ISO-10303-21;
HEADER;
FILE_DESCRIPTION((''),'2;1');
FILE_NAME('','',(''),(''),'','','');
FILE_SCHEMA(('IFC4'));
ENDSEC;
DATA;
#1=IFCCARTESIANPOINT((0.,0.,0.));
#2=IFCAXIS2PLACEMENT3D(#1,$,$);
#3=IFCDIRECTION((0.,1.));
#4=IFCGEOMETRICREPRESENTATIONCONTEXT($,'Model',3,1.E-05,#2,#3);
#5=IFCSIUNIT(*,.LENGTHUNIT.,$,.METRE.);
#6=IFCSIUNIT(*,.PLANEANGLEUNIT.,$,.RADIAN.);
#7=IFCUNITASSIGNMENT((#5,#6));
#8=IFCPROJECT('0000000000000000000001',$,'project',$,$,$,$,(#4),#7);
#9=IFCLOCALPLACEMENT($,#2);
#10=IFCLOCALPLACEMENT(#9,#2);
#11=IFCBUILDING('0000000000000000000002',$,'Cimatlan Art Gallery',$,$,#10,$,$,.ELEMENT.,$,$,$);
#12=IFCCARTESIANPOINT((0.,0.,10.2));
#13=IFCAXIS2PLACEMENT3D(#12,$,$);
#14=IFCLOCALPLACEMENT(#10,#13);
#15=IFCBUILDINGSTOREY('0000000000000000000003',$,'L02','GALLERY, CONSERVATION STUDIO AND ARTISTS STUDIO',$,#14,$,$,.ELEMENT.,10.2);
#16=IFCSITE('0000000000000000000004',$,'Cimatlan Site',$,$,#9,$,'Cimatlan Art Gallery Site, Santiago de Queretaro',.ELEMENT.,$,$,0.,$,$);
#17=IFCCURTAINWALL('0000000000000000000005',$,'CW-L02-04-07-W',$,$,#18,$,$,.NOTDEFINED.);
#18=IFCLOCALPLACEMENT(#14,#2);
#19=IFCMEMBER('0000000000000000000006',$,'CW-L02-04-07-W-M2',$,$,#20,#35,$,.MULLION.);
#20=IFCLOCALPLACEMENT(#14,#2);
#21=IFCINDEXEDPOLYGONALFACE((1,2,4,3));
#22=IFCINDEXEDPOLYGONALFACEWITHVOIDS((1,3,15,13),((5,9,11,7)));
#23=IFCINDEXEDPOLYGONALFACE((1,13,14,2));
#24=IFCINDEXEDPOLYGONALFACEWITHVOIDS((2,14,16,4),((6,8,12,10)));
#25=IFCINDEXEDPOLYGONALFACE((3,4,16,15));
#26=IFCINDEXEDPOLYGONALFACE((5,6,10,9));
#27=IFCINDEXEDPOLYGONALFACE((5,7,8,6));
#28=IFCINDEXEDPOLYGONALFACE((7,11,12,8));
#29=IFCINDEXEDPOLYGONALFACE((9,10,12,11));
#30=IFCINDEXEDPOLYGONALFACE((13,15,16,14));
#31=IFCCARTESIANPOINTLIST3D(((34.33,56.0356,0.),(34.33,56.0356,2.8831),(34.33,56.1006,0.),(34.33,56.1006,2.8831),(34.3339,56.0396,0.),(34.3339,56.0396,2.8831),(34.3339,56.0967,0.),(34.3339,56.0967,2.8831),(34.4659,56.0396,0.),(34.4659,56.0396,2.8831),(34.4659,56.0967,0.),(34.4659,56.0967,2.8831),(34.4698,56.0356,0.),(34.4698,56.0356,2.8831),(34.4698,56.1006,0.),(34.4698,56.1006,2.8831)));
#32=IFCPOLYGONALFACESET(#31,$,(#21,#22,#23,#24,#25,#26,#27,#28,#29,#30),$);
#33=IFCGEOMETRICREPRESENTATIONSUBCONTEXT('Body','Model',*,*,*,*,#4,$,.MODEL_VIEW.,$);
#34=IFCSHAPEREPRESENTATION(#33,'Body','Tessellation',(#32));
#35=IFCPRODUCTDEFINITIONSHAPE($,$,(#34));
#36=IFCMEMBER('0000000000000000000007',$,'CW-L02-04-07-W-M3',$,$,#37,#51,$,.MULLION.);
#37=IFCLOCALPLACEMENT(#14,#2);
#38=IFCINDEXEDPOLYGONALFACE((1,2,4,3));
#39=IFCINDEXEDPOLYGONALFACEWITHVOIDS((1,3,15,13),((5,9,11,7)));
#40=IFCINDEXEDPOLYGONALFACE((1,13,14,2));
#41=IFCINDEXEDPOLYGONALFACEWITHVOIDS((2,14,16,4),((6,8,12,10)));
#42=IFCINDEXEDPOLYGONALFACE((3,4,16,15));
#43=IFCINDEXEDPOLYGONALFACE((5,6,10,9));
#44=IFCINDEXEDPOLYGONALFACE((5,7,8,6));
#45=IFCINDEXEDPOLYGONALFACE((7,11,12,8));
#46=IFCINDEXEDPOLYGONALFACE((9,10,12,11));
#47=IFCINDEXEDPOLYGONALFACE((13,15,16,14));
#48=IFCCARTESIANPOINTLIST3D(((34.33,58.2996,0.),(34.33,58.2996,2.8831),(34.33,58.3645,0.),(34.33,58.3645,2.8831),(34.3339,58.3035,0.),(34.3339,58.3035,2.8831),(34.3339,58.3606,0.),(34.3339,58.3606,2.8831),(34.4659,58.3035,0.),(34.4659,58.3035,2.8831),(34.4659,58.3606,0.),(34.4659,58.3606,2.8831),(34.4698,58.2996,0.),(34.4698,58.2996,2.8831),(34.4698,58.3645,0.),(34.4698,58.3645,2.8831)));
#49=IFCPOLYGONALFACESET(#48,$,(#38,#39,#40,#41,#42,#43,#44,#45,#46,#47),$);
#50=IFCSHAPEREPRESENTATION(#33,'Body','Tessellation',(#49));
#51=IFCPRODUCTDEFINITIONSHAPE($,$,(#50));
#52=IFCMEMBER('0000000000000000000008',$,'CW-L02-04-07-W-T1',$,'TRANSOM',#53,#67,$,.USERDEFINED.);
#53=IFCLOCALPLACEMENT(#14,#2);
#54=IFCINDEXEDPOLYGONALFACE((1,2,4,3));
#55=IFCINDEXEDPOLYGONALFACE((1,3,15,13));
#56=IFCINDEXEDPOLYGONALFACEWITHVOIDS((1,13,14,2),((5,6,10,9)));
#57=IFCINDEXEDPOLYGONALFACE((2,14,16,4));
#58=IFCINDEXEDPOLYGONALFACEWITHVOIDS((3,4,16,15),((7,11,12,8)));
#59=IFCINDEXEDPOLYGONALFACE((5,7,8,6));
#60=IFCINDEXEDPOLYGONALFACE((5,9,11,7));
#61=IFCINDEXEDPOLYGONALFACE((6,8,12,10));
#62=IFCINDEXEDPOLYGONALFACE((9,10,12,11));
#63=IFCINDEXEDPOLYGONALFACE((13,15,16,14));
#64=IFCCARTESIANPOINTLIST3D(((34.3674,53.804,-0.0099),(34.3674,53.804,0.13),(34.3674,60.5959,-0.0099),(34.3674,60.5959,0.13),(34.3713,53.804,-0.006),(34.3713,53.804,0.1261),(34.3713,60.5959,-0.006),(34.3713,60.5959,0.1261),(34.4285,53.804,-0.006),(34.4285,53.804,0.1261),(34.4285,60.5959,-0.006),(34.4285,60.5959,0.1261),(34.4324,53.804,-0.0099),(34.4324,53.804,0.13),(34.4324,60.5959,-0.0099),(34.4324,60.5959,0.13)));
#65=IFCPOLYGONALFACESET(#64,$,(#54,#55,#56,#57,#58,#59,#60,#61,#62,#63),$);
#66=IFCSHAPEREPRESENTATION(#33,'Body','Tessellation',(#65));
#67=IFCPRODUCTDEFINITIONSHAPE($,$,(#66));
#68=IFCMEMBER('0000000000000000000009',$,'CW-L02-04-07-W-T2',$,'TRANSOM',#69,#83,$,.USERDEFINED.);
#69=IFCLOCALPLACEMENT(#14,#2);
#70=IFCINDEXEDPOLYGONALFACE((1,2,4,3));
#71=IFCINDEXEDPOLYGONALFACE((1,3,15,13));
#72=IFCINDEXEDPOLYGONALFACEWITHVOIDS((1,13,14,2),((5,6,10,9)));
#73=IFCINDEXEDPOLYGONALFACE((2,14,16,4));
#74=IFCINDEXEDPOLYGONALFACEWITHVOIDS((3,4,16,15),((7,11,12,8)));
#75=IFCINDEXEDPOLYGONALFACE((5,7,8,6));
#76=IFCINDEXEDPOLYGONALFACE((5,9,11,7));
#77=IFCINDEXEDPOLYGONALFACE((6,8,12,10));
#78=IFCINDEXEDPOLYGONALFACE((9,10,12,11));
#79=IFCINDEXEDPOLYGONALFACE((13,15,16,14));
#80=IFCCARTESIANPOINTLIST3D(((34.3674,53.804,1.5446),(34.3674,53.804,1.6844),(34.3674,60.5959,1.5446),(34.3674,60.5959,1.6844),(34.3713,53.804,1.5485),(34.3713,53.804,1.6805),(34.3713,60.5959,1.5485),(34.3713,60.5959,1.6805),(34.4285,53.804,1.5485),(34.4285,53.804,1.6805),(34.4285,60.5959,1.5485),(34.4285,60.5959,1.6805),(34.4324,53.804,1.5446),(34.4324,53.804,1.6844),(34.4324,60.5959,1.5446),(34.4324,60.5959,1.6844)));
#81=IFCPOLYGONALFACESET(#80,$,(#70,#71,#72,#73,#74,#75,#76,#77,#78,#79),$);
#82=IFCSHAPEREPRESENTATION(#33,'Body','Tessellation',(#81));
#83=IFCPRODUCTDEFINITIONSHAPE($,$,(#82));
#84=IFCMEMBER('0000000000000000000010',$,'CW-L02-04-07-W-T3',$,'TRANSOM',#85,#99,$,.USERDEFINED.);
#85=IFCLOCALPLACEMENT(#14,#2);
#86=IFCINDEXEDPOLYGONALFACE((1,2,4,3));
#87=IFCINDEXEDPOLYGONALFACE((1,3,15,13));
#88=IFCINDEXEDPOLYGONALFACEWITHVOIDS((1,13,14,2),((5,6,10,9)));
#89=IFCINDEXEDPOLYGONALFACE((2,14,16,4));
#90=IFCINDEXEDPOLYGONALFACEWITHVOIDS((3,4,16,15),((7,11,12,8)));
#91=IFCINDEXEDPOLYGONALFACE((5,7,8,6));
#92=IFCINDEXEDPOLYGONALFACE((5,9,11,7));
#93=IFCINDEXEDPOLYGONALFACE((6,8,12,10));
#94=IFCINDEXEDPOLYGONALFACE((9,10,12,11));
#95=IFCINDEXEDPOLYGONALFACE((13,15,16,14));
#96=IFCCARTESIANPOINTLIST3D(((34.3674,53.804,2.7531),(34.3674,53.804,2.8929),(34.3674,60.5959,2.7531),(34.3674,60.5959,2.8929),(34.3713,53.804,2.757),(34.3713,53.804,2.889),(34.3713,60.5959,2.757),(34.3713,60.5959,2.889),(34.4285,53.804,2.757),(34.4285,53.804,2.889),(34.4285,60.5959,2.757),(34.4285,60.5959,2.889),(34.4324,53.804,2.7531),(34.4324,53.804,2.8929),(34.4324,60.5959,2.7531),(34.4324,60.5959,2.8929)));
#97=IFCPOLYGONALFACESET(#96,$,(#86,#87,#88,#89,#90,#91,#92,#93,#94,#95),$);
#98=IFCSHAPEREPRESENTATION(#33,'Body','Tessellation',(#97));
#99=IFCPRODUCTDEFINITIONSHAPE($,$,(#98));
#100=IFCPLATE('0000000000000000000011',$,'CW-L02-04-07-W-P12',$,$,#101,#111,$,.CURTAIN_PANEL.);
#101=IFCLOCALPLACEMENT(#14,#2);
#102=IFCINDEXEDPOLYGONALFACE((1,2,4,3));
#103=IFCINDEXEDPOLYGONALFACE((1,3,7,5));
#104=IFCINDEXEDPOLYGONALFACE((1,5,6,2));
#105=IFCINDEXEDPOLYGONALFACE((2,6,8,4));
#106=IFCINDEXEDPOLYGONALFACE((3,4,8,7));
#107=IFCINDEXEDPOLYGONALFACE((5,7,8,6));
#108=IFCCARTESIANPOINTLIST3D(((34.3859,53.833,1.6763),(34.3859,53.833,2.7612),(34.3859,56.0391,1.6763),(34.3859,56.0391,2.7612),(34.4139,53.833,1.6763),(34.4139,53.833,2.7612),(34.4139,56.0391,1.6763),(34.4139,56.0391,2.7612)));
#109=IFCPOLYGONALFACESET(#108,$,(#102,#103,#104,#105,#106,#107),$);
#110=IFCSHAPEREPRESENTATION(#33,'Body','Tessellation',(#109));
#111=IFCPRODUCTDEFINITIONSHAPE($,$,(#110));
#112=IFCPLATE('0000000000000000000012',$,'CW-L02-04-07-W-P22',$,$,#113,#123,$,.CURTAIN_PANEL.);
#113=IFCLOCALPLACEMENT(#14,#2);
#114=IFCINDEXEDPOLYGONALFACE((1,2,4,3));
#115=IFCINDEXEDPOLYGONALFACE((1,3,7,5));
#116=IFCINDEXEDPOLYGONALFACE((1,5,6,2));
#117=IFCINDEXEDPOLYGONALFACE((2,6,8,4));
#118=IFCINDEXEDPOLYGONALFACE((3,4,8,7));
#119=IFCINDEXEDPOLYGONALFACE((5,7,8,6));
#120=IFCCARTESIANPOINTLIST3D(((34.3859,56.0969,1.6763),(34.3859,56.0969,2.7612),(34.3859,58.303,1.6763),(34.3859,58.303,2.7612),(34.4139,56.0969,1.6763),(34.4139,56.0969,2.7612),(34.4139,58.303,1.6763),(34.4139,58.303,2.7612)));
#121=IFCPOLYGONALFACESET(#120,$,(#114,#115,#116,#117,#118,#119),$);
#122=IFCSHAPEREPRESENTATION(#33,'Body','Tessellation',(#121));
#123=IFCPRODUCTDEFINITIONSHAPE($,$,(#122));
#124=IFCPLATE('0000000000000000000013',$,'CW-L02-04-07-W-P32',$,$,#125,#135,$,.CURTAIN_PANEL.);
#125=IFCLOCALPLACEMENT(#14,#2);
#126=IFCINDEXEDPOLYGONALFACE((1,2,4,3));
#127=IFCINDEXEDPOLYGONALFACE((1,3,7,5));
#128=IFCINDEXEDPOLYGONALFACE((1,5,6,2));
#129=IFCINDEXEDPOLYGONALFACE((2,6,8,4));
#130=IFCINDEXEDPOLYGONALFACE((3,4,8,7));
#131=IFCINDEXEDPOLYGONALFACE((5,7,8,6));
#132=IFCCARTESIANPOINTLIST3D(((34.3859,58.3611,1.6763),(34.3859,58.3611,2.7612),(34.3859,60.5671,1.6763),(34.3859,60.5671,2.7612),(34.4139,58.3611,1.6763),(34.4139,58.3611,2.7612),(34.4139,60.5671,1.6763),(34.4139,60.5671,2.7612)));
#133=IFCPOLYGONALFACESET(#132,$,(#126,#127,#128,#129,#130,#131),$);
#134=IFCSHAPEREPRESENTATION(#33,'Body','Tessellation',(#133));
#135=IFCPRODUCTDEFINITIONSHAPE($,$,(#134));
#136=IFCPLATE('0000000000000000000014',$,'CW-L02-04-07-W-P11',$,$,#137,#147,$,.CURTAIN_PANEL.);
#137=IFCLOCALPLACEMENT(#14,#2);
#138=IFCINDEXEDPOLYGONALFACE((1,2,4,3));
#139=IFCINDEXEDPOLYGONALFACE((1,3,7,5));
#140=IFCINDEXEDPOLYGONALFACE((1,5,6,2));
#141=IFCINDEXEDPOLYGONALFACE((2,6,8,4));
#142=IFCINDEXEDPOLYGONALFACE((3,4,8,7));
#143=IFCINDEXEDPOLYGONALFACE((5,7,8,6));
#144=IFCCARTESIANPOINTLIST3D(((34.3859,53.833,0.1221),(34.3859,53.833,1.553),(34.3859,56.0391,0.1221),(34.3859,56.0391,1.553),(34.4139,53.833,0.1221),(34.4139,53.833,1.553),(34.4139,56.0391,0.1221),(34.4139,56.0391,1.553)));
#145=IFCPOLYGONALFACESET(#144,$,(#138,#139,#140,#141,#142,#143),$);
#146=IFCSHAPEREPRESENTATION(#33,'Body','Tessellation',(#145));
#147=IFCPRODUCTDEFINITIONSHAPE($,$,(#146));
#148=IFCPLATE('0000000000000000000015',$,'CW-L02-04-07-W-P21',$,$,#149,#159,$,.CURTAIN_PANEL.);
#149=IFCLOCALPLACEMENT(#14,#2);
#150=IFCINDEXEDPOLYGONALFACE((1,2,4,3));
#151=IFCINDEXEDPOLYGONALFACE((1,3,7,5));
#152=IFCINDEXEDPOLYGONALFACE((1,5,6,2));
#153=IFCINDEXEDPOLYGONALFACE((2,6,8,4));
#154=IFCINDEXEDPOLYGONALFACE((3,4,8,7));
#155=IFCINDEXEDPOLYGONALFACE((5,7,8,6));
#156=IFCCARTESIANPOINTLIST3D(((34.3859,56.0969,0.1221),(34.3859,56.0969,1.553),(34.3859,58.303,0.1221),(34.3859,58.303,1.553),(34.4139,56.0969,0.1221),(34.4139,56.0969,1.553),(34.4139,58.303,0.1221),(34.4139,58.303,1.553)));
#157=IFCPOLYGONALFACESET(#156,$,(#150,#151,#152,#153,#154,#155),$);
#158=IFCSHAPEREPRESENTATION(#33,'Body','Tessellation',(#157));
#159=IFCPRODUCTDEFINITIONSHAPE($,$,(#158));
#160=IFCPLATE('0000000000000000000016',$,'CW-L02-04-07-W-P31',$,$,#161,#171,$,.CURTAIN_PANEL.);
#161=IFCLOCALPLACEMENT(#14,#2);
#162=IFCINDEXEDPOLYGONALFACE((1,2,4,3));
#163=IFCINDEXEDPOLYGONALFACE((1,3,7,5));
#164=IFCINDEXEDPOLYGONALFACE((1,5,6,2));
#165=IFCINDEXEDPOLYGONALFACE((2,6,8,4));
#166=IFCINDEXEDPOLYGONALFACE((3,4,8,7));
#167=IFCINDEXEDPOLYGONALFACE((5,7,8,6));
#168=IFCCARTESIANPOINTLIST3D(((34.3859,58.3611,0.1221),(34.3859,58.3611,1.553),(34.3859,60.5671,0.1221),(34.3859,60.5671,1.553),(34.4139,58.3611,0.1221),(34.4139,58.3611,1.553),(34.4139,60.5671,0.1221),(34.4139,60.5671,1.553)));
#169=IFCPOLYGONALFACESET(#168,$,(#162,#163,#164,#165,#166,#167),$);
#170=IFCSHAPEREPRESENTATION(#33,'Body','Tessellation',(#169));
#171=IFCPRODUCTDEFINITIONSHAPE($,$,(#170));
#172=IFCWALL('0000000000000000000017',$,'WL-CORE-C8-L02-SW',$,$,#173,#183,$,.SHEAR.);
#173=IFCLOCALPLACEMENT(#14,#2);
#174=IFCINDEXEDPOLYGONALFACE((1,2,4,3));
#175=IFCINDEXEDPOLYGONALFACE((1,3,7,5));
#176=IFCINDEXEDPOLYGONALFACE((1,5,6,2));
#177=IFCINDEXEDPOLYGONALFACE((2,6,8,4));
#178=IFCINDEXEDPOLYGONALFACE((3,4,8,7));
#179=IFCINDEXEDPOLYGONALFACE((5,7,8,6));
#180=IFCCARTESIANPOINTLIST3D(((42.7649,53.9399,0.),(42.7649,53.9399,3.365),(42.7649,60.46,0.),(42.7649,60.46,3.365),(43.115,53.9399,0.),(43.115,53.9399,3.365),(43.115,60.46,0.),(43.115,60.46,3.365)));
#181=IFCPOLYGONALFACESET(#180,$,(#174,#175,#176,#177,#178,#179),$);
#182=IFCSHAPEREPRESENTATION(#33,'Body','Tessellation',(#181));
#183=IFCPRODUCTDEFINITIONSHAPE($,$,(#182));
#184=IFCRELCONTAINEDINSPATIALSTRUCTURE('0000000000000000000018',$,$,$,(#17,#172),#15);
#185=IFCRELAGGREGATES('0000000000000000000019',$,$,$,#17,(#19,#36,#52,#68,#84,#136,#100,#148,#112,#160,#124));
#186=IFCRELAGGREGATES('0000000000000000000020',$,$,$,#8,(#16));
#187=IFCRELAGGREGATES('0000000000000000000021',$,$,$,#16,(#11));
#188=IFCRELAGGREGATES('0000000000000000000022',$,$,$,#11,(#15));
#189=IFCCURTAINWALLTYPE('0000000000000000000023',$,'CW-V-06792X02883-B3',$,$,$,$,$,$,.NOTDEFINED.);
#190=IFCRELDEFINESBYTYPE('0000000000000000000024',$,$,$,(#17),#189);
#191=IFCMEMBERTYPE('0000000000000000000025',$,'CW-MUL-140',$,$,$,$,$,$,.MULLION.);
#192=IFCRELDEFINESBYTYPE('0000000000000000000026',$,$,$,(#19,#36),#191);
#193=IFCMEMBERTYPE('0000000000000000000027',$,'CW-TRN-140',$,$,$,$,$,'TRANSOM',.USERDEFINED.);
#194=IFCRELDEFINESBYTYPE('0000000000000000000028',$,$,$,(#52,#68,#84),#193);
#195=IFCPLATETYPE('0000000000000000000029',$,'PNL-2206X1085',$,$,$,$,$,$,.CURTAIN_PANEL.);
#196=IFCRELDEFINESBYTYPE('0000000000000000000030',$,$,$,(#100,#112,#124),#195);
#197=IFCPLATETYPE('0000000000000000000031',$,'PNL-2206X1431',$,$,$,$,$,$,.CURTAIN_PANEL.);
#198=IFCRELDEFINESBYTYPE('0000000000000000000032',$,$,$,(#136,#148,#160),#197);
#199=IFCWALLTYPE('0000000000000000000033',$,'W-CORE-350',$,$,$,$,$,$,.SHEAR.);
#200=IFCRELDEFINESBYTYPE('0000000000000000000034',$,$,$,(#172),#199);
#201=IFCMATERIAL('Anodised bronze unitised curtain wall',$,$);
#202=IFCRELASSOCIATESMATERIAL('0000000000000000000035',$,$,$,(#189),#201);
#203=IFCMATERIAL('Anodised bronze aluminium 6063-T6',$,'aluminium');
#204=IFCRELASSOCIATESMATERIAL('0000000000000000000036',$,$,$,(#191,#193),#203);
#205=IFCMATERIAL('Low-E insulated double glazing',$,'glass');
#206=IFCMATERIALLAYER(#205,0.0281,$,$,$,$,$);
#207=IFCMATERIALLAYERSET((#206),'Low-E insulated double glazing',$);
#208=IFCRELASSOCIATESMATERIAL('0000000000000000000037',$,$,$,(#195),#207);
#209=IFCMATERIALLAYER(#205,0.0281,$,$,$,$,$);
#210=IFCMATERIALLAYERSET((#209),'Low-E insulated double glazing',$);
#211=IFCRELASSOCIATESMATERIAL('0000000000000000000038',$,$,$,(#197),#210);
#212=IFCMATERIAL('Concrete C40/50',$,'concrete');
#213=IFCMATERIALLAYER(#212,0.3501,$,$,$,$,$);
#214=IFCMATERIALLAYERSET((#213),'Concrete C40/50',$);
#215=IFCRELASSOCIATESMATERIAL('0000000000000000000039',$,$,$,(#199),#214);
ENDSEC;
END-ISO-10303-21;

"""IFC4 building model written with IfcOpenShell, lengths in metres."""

from ifc_helpers import new_model, si_unit, direction, frame, frame_2d, origin, origin_2d, place, context, subcontext, project, spatial, rectangle, hollow_rectangle, extrude, material, layer, layer_set, material_profile, profile_set, type_object, element, aggregate, save


model = new_model("IFC4")

# Units and contexts
model_context = context("Model", 3, precision=1e-05, world=origin(), true_north=direction((0.0, 1.0)))
body_context = subcontext(model_context, "Body", "Model", "MODEL_VIEW")
ifc_project = project(units=[si_unit("LENGTHUNIT", "METRE"), si_unit("PLANEANGLEUNIT", "RADIAN")], contexts=[model_context])

# Site, building, storey
site_placement = place(None, origin())
site = spatial("IfcSite", under=ifc_project, at=site_placement, Name="Cimatlan Site", LongName="Cimatlan Art Gallery Site, Santiago de Queretaro", CompositionType="ELEMENT", RefElevation=0.0)
building_placement = place(site_placement, origin())
building = spatial("IfcBuilding", under=site, at=building_placement, Name="Cimatlan Art Gallery", CompositionType="ELEMENT")
storey_placement = place(building_placement, frame((0.0, 0.0, 10.2)))
storey = spatial("IfcBuildingStorey", under=building, at=storey_placement, Name="L02", Description="GALLERY, CONSERVATION STUDIO AND ARTISTS STUDIO", CompositionType="ELEMENT", Elevation=10.2)

# Curtain wall, members, plates
ifc_material_1 = material(Name="Anodised bronze unitised curtain wall")
curtain_wall_type = type_object("IfcCurtainWallType", Name="CW-V-06792X02883-B3", PredefinedType="NOTDEFINED", material=ifc_material_1)
curtain_wall_placement = place(storey_placement, origin())
curtain_wall = element("IfcCurtainWall", 1, at=curtain_wall_placement, inside=storey, type_object=curtain_wall_type, Name="CW-L02-04-07-W", PredefinedType="NOTDEFINED")
ifc_material_2 = material(Name="Anodised bronze aluminium 6063-T6", Category="aluminium")
ifc_material_profile_1 = material_profile(ifc_material_2, hollow_rectangle(XDim=0.0649, YDim=0.1399, WallThickness=0.0039, at=origin_2d()), Name="ALU65X140X4")
ifc_profile_set_1 = profile_set([ifc_material_profile_1], Name="Anodised bronze aluminium 6063-T6")
member_type_1 = type_object("IfcMemberType", Name="CW-MUL-140", PredefinedType="MULLION", material=ifc_profile_set_1)
member_1_placement = place(storey_placement, frame((34.3999, 56.0681, 0.0), z_axis=(0.0, 0.0, 1.0), x_axis=(0.0, 1.0, 0.0)))
member_1 = element("IfcMember", 2, at=member_1_placement, type_object=member_type_1, Name="CW-L02-04-07-W-M2", PredefinedType="MULLION", context=body_context, shape_type="SweptSolid", body=[
    extrude(hollow_rectangle(XDim=0.0649, YDim=0.1399, WallThickness=0.0039, at=origin_2d()), origin(), (0.0, 0.0, 1.0), 2.8831),
])
member_2_placement = place(storey_placement, frame((34.3999, 58.332, 0.0), z_axis=(0.0, 0.0, 1.0), x_axis=(0.0, 1.0, 0.0)))
member_2 = element("IfcMember", 3, at=member_2_placement, type_object=member_type_1, Name="CW-L02-04-07-W-M3", PredefinedType="MULLION", context=body_context, shape_type="SweptSolid", body=[
    extrude(hollow_rectangle(XDim=0.0649, YDim=0.1399, WallThickness=0.0039, at=origin_2d()), origin(), (0.0, 0.0, 1.0), 2.8831),
])
ifc_material_profile_2 = material_profile(ifc_material_2, hollow_rectangle(XDim=0.0649, YDim=0.1399, WallThickness=0.0039, at=origin_2d()), Name="ALU65X140X4")
ifc_profile_set_2 = profile_set([ifc_material_profile_2], Name="Anodised bronze aluminium 6063-T6")
member_type_2 = type_object("IfcMemberType", Name="CW-TRN-140", ElementType="TRANSOM", PredefinedType="USERDEFINED", material=ifc_profile_set_2)
member_3_placement = place(storey_placement, frame((34.3999, 53.804, 0.0601), z_axis=(0.0, 1.0, 0.0), x_axis=(-1.0, 0.0, 0.0)))
member_3 = element("IfcMember", 4, at=member_3_placement, type_object=member_type_2, Name="CW-L02-04-07-W-T1", ObjectType="TRANSOM", PredefinedType="USERDEFINED", context=body_context, shape_type="SweptSolid", body=[
    extrude(hollow_rectangle(XDim=0.0649, YDim=0.1399, WallThickness=0.0039, at=origin_2d()), origin(), (0.0, 0.0, 1.0), 6.792),
])
member_4_placement = place(storey_placement, frame((34.3999, 53.804, 1.6145), z_axis=(0.0, 1.0, 0.0), x_axis=(-1.0, 0.0, 0.0)))
member_4 = element("IfcMember", 5, at=member_4_placement, type_object=member_type_2, Name="CW-L02-04-07-W-T2", ObjectType="TRANSOM", PredefinedType="USERDEFINED", context=body_context, shape_type="SweptSolid", body=[
    extrude(hollow_rectangle(XDim=0.0649, YDim=0.1399, WallThickness=0.0039, at=origin_2d()), origin(), (0.0, 0.0, 1.0), 6.792),
])
member_5_placement = place(storey_placement, frame((34.3999, 53.804, 2.823), z_axis=(0.0, 1.0, 0.0), x_axis=(-1.0, 0.0, 0.0)))
member_5 = element("IfcMember", 6, at=member_5_placement, type_object=member_type_2, Name="CW-L02-04-07-W-T3", ObjectType="TRANSOM", PredefinedType="USERDEFINED", context=body_context, shape_type="SweptSolid", body=[
    extrude(hollow_rectangle(XDim=0.0649, YDim=0.1399, WallThickness=0.0039, at=origin_2d()), origin(), (0.0, 0.0, 1.0), 6.792),
])
ifc_material_3 = material(Name="Low-E insulated double glazing", Category="glass")
ifc_layer_1 = layer(ifc_material_3, 0.0281)
ifc_layer_set_1 = layer_set([ifc_layer_1], Name="Low-E insulated double glazing")
plate_type_1 = type_object("IfcPlateType", Name="PNL-2206X1085", PredefinedType="CURTAIN_PANEL", material=ifc_layer_set_1)
plate_1_placement = place(storey_placement, frame((34.3999, 54.936, 1.6763), z_axis=(0.0, 0.0, 1.0), x_axis=(0.0, 1.0, 0.0)))
plate_1 = element("IfcPlate", 7, at=plate_1_placement, type_object=plate_type_1, Name="CW-L02-04-07-W-P12", PredefinedType="CURTAIN_PANEL", context=body_context, shape_type="SweptSolid", body=[
    extrude(rectangle(XDim=2.2061, YDim=0.0281, at=origin_2d()), origin(), (0.0, 0.0, 1.0), 1.085),
])
plate_2_placement = place(storey_placement, frame((34.3999, 57.2, 1.6763), z_axis=(0.0, 0.0, 1.0), x_axis=(0.0, 1.0, 0.0)))
plate_2 = element("IfcPlate", 8, at=plate_2_placement, type_object=plate_type_1, Name="CW-L02-04-07-W-P22", PredefinedType="CURTAIN_PANEL", context=body_context, shape_type="SweptSolid", body=[
    extrude(rectangle(XDim=2.2061, YDim=0.0281, at=origin_2d()), origin(), (0.0, 0.0, 1.0), 1.085),
])
plate_3_placement = place(storey_placement, frame((34.3999, 59.4641, 1.6763), z_axis=(0.0, 0.0, 1.0), x_axis=(0.0, 1.0, 0.0)))
plate_3 = element("IfcPlate", 9, at=plate_3_placement, type_object=plate_type_1, Name="CW-L02-04-07-W-P32", PredefinedType="CURTAIN_PANEL", context=body_context, shape_type="SweptSolid", body=[
    extrude(rectangle(XDim=2.2061, YDim=0.0281, at=origin_2d()), origin(), (0.0, 0.0, 1.0), 1.085),
])
ifc_layer_2 = layer(ifc_material_3, 0.0281)
ifc_layer_set_2 = layer_set([ifc_layer_2], Name="Low-E insulated double glazing")
plate_type_2 = type_object("IfcPlateType", Name="PNL-2206X1431", PredefinedType="CURTAIN_PANEL", material=ifc_layer_set_2)
plate_4_placement = place(storey_placement, frame((34.3999, 54.936, 0.1221), z_axis=(0.0, 0.0, 1.0), x_axis=(0.0, 1.0, 0.0)))
plate_4 = element("IfcPlate", 10, at=plate_4_placement, type_object=plate_type_2, Name="CW-L02-04-07-W-P11", PredefinedType="CURTAIN_PANEL", context=body_context, shape_type="SweptSolid", body=[
    extrude(rectangle(XDim=2.2061, YDim=0.0281, at=origin_2d()), origin(), (0.0, 0.0, 1.0), 1.4309),
])
plate_5_placement = place(storey_placement, frame((34.3999, 57.2, 0.1221), z_axis=(0.0, 0.0, 1.0), x_axis=(0.0, 1.0, 0.0)))
plate_5 = element("IfcPlate", 11, at=plate_5_placement, type_object=plate_type_2, Name="CW-L02-04-07-W-P21", PredefinedType="CURTAIN_PANEL", context=body_context, shape_type="SweptSolid", body=[
    extrude(rectangle(XDim=2.2061, YDim=0.0281, at=origin_2d()), origin(), (0.0, 0.0, 1.0), 1.4309),
])
plate_6_placement = place(storey_placement, frame((34.3999, 59.4641, 0.1221), z_axis=(0.0, 0.0, 1.0), x_axis=(0.0, 1.0, 0.0)))
plate_6 = element("IfcPlate", 12, at=plate_6_placement, type_object=plate_type_2, Name="CW-L02-04-07-W-P31", PredefinedType="CURTAIN_PANEL", context=body_context, shape_type="SweptSolid", body=[
    extrude(rectangle(XDim=2.2061, YDim=0.0281, at=origin_2d()), origin(), (0.0, 0.0, 1.0), 1.4309),
])
aggregate(curtain_wall, [member_1, member_2, member_3, member_4, member_5, plate_4, plate_1, plate_5, plate_2, plate_6, plate_3])

# Wall
ifc_material_4 = material(Name="Concrete C40/50", Category="concrete")
ifc_layer_3 = layer(ifc_material_4, 0.3501)
ifc_layer_set_3 = layer_set([ifc_layer_3], Name="Concrete C40/50")
wall_type = type_object("IfcWallType", Name="W-CORE-350", PredefinedType="SHEAR", material=ifc_layer_set_3)
wall_1_placement = place(storey_placement, frame((42.9399, 53.9399, 0.0), z_axis=(0.0, 0.0, 1.0), x_axis=(0.0, 1.0, 0.0)))
element("IfcWall", 13, at=wall_1_placement, inside=storey, type_object=wall_type, Name="WL-CORE-C8-L02-SW", PredefinedType="SHEAR", context=body_context, shape_type="SweptSolid", body=[
    extrude(rectangle(XDim=6.52, YDim=0.3501, at=frame_2d((3.26, 0.0))), origin(), (0.0, 0.0, 1.0), 3.365),
])

save(model, "model.ifc")
